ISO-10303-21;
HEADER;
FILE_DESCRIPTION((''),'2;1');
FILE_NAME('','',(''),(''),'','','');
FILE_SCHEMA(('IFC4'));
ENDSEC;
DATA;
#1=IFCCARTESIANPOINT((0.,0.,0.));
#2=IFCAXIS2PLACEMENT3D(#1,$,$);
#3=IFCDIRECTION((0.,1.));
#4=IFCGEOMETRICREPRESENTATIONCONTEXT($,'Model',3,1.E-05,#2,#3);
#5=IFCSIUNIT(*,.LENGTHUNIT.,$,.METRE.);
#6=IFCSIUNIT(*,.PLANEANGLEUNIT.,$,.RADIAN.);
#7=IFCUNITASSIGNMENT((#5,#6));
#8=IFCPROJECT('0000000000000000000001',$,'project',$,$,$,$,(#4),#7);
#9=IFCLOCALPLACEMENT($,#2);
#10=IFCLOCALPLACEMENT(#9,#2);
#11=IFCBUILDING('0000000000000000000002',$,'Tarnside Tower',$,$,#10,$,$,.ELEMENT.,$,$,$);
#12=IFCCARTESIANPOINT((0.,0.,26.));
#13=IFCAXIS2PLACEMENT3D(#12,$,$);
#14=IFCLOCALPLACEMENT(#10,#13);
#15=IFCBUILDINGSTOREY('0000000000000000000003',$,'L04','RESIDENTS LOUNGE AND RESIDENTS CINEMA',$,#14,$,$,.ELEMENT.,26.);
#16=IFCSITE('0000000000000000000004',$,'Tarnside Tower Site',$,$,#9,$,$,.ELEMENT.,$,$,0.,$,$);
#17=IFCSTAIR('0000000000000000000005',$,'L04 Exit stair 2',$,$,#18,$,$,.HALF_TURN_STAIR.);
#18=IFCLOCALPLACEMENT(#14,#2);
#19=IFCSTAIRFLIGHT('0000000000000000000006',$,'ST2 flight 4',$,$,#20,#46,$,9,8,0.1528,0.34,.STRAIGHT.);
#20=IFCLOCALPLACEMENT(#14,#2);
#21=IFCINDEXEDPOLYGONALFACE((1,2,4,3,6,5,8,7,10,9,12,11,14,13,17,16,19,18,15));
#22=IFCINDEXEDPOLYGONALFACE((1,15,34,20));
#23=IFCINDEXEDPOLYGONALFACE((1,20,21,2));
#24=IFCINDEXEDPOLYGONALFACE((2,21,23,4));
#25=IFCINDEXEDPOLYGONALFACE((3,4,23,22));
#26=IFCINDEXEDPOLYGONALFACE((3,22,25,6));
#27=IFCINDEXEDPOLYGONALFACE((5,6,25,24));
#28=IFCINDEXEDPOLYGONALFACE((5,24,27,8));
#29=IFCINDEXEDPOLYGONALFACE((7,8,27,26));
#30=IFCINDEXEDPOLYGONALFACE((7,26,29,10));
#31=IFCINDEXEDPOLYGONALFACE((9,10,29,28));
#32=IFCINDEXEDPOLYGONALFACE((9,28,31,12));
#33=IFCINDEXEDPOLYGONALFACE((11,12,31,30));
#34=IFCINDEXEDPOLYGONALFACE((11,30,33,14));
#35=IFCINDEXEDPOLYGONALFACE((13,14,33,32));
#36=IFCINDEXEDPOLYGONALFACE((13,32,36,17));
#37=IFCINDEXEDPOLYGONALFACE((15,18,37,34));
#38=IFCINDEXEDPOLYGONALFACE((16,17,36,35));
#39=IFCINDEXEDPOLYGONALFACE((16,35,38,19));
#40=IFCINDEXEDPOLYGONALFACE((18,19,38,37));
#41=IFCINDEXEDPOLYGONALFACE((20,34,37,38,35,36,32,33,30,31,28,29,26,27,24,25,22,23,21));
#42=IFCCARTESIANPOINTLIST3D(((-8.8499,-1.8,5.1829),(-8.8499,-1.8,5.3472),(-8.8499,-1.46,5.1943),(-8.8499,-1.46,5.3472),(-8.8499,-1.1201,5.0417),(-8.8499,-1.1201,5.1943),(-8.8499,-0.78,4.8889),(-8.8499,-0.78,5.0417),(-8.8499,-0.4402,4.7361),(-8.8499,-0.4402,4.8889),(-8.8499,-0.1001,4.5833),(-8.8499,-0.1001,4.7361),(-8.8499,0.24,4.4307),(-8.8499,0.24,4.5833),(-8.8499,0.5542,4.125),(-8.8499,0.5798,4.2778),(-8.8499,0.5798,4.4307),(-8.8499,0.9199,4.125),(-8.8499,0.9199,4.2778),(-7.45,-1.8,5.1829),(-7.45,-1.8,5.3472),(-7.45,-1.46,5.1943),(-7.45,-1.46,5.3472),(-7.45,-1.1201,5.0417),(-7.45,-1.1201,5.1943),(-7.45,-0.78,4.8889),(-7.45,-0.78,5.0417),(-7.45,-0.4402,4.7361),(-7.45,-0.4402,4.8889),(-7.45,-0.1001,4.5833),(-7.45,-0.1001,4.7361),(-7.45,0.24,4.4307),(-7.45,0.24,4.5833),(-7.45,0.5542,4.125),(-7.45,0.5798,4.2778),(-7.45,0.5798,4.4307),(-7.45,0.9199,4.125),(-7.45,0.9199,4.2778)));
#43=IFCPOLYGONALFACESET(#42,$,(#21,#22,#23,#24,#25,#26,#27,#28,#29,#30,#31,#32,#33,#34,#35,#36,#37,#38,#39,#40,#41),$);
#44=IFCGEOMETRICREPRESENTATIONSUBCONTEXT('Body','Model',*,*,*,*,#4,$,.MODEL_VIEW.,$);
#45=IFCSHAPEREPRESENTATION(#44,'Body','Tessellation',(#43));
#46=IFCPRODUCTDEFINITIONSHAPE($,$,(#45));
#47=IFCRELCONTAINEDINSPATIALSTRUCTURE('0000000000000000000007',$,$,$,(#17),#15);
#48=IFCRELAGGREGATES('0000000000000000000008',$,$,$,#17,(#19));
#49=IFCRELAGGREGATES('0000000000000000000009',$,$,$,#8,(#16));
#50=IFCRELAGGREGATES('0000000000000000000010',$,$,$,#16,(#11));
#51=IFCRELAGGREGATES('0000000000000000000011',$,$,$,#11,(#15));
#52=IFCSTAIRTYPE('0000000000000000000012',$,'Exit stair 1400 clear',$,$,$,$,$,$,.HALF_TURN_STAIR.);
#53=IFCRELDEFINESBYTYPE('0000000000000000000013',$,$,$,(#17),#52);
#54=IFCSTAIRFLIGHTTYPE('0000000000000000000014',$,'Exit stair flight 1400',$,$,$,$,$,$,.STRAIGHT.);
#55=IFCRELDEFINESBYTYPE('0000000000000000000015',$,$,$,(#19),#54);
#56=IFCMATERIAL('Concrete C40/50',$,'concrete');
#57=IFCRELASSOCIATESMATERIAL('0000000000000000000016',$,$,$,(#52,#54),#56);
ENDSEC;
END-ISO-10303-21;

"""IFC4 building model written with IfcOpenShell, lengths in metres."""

from ifc_helpers import new_model, si_unit, direction, frame, origin, place, context, subcontext, project, spatial, polyline, outline, extrude, material, type_object, element, aggregate, save


model = new_model("IFC4")

# Units and contexts
model_context = context("Model", 3, precision=1e-05, world=origin(), true_north=direction((0.0, 1.0)))
body_context = subcontext(model_context, "Body", "Model", "MODEL_VIEW")
ifc_project = project(units=[si_unit("LENGTHUNIT", "METRE"), si_unit("PLANEANGLEUNIT", "RADIAN")], contexts=[model_context])

# Site, building, storey
site_placement = place(None, origin())
site = spatial("IfcSite", under=ifc_project, at=site_placement, Name="Tarnside Tower Site", CompositionType="ELEMENT", RefElevation=0.0)
building_placement = place(site_placement, origin())
building = spatial("IfcBuilding", under=site, at=building_placement, Name="Tarnside Tower", CompositionType="ELEMENT")
storey_placement = place(building_placement, frame((0.0, 0.0, 26.0)))
storey = spatial("IfcBuildingStorey", under=building, at=storey_placement, Name="L04", Description="RESIDENTS LOUNGE AND RESIDENTS CINEMA", CompositionType="ELEMENT", Elevation=26.0)

# Shared definitions
ifc_material_1 = material(Name="Concrete C40/50", Category="concrete")

# Stair, stair flight
stair_type = type_object("IfcStairType", Name="Exit stair 1400 clear", PredefinedType="HALF_TURN_STAIR", material=ifc_material_1)
stair_placement = place(storey_placement, origin())
stair = element("IfcStair", 1, at=stair_placement, inside=storey, type_object=stair_type, Name="L04 Exit stair 2", PredefinedType="HALF_TURN_STAIR")
stair_flight_type = type_object("IfcStairFlightType", Name="Exit stair flight 1400", PredefinedType="STRAIGHT", material=ifc_material_1)
stair_flight_1_placement = place(storey_placement, frame((-8.1499, 0.9199, 4.125), z_axis=(0.0, 0.0, 1.0), x_axis=(0.0, -1.0, 0.0)))
stair_flight_1 = element("IfcStairFlight", 2, at=stair_flight_1_placement, type_object=stair_flight_type, Name="ST2 flight 4", NumberOfRisers=9, NumberOfTreads=8, PredefinedType="STRAIGHT", RiserHeight=0.1528, TreadLength=0.34, context=body_context, shape_type="SweptSolid", body=[
    extrude(outline(polyline([(0.0, 0.0), (0.0, 0.1528), (0.3401, 0.1528), (0.3401, 0.3057), (0.6799, 0.3057), (0.6799, 0.4583), (1.02, 0.4583), (1.02, 0.6111), (1.3601, 0.6111), (1.3601, 0.7639), (1.7, 0.7639), (1.7, 0.9167), (2.04, 0.9167), (2.04, 1.0693), (2.3799, 1.0693), (2.3799, 1.2222), (2.72, 1.2222), (2.72, 1.375), (2.72, 1.0579), (0.3657, 0.0), (0.0, 0.0)])), frame((0.0, 0.7, 0.0), z_axis=(0.0, -1.0, 0.0), x_axis=(1.0, 0.0, 0.0)), (0.0, 0.0, 1.0), 1.3999),
])
aggregate(stair, [stair_flight_1])

save(model, "model.ifc")
